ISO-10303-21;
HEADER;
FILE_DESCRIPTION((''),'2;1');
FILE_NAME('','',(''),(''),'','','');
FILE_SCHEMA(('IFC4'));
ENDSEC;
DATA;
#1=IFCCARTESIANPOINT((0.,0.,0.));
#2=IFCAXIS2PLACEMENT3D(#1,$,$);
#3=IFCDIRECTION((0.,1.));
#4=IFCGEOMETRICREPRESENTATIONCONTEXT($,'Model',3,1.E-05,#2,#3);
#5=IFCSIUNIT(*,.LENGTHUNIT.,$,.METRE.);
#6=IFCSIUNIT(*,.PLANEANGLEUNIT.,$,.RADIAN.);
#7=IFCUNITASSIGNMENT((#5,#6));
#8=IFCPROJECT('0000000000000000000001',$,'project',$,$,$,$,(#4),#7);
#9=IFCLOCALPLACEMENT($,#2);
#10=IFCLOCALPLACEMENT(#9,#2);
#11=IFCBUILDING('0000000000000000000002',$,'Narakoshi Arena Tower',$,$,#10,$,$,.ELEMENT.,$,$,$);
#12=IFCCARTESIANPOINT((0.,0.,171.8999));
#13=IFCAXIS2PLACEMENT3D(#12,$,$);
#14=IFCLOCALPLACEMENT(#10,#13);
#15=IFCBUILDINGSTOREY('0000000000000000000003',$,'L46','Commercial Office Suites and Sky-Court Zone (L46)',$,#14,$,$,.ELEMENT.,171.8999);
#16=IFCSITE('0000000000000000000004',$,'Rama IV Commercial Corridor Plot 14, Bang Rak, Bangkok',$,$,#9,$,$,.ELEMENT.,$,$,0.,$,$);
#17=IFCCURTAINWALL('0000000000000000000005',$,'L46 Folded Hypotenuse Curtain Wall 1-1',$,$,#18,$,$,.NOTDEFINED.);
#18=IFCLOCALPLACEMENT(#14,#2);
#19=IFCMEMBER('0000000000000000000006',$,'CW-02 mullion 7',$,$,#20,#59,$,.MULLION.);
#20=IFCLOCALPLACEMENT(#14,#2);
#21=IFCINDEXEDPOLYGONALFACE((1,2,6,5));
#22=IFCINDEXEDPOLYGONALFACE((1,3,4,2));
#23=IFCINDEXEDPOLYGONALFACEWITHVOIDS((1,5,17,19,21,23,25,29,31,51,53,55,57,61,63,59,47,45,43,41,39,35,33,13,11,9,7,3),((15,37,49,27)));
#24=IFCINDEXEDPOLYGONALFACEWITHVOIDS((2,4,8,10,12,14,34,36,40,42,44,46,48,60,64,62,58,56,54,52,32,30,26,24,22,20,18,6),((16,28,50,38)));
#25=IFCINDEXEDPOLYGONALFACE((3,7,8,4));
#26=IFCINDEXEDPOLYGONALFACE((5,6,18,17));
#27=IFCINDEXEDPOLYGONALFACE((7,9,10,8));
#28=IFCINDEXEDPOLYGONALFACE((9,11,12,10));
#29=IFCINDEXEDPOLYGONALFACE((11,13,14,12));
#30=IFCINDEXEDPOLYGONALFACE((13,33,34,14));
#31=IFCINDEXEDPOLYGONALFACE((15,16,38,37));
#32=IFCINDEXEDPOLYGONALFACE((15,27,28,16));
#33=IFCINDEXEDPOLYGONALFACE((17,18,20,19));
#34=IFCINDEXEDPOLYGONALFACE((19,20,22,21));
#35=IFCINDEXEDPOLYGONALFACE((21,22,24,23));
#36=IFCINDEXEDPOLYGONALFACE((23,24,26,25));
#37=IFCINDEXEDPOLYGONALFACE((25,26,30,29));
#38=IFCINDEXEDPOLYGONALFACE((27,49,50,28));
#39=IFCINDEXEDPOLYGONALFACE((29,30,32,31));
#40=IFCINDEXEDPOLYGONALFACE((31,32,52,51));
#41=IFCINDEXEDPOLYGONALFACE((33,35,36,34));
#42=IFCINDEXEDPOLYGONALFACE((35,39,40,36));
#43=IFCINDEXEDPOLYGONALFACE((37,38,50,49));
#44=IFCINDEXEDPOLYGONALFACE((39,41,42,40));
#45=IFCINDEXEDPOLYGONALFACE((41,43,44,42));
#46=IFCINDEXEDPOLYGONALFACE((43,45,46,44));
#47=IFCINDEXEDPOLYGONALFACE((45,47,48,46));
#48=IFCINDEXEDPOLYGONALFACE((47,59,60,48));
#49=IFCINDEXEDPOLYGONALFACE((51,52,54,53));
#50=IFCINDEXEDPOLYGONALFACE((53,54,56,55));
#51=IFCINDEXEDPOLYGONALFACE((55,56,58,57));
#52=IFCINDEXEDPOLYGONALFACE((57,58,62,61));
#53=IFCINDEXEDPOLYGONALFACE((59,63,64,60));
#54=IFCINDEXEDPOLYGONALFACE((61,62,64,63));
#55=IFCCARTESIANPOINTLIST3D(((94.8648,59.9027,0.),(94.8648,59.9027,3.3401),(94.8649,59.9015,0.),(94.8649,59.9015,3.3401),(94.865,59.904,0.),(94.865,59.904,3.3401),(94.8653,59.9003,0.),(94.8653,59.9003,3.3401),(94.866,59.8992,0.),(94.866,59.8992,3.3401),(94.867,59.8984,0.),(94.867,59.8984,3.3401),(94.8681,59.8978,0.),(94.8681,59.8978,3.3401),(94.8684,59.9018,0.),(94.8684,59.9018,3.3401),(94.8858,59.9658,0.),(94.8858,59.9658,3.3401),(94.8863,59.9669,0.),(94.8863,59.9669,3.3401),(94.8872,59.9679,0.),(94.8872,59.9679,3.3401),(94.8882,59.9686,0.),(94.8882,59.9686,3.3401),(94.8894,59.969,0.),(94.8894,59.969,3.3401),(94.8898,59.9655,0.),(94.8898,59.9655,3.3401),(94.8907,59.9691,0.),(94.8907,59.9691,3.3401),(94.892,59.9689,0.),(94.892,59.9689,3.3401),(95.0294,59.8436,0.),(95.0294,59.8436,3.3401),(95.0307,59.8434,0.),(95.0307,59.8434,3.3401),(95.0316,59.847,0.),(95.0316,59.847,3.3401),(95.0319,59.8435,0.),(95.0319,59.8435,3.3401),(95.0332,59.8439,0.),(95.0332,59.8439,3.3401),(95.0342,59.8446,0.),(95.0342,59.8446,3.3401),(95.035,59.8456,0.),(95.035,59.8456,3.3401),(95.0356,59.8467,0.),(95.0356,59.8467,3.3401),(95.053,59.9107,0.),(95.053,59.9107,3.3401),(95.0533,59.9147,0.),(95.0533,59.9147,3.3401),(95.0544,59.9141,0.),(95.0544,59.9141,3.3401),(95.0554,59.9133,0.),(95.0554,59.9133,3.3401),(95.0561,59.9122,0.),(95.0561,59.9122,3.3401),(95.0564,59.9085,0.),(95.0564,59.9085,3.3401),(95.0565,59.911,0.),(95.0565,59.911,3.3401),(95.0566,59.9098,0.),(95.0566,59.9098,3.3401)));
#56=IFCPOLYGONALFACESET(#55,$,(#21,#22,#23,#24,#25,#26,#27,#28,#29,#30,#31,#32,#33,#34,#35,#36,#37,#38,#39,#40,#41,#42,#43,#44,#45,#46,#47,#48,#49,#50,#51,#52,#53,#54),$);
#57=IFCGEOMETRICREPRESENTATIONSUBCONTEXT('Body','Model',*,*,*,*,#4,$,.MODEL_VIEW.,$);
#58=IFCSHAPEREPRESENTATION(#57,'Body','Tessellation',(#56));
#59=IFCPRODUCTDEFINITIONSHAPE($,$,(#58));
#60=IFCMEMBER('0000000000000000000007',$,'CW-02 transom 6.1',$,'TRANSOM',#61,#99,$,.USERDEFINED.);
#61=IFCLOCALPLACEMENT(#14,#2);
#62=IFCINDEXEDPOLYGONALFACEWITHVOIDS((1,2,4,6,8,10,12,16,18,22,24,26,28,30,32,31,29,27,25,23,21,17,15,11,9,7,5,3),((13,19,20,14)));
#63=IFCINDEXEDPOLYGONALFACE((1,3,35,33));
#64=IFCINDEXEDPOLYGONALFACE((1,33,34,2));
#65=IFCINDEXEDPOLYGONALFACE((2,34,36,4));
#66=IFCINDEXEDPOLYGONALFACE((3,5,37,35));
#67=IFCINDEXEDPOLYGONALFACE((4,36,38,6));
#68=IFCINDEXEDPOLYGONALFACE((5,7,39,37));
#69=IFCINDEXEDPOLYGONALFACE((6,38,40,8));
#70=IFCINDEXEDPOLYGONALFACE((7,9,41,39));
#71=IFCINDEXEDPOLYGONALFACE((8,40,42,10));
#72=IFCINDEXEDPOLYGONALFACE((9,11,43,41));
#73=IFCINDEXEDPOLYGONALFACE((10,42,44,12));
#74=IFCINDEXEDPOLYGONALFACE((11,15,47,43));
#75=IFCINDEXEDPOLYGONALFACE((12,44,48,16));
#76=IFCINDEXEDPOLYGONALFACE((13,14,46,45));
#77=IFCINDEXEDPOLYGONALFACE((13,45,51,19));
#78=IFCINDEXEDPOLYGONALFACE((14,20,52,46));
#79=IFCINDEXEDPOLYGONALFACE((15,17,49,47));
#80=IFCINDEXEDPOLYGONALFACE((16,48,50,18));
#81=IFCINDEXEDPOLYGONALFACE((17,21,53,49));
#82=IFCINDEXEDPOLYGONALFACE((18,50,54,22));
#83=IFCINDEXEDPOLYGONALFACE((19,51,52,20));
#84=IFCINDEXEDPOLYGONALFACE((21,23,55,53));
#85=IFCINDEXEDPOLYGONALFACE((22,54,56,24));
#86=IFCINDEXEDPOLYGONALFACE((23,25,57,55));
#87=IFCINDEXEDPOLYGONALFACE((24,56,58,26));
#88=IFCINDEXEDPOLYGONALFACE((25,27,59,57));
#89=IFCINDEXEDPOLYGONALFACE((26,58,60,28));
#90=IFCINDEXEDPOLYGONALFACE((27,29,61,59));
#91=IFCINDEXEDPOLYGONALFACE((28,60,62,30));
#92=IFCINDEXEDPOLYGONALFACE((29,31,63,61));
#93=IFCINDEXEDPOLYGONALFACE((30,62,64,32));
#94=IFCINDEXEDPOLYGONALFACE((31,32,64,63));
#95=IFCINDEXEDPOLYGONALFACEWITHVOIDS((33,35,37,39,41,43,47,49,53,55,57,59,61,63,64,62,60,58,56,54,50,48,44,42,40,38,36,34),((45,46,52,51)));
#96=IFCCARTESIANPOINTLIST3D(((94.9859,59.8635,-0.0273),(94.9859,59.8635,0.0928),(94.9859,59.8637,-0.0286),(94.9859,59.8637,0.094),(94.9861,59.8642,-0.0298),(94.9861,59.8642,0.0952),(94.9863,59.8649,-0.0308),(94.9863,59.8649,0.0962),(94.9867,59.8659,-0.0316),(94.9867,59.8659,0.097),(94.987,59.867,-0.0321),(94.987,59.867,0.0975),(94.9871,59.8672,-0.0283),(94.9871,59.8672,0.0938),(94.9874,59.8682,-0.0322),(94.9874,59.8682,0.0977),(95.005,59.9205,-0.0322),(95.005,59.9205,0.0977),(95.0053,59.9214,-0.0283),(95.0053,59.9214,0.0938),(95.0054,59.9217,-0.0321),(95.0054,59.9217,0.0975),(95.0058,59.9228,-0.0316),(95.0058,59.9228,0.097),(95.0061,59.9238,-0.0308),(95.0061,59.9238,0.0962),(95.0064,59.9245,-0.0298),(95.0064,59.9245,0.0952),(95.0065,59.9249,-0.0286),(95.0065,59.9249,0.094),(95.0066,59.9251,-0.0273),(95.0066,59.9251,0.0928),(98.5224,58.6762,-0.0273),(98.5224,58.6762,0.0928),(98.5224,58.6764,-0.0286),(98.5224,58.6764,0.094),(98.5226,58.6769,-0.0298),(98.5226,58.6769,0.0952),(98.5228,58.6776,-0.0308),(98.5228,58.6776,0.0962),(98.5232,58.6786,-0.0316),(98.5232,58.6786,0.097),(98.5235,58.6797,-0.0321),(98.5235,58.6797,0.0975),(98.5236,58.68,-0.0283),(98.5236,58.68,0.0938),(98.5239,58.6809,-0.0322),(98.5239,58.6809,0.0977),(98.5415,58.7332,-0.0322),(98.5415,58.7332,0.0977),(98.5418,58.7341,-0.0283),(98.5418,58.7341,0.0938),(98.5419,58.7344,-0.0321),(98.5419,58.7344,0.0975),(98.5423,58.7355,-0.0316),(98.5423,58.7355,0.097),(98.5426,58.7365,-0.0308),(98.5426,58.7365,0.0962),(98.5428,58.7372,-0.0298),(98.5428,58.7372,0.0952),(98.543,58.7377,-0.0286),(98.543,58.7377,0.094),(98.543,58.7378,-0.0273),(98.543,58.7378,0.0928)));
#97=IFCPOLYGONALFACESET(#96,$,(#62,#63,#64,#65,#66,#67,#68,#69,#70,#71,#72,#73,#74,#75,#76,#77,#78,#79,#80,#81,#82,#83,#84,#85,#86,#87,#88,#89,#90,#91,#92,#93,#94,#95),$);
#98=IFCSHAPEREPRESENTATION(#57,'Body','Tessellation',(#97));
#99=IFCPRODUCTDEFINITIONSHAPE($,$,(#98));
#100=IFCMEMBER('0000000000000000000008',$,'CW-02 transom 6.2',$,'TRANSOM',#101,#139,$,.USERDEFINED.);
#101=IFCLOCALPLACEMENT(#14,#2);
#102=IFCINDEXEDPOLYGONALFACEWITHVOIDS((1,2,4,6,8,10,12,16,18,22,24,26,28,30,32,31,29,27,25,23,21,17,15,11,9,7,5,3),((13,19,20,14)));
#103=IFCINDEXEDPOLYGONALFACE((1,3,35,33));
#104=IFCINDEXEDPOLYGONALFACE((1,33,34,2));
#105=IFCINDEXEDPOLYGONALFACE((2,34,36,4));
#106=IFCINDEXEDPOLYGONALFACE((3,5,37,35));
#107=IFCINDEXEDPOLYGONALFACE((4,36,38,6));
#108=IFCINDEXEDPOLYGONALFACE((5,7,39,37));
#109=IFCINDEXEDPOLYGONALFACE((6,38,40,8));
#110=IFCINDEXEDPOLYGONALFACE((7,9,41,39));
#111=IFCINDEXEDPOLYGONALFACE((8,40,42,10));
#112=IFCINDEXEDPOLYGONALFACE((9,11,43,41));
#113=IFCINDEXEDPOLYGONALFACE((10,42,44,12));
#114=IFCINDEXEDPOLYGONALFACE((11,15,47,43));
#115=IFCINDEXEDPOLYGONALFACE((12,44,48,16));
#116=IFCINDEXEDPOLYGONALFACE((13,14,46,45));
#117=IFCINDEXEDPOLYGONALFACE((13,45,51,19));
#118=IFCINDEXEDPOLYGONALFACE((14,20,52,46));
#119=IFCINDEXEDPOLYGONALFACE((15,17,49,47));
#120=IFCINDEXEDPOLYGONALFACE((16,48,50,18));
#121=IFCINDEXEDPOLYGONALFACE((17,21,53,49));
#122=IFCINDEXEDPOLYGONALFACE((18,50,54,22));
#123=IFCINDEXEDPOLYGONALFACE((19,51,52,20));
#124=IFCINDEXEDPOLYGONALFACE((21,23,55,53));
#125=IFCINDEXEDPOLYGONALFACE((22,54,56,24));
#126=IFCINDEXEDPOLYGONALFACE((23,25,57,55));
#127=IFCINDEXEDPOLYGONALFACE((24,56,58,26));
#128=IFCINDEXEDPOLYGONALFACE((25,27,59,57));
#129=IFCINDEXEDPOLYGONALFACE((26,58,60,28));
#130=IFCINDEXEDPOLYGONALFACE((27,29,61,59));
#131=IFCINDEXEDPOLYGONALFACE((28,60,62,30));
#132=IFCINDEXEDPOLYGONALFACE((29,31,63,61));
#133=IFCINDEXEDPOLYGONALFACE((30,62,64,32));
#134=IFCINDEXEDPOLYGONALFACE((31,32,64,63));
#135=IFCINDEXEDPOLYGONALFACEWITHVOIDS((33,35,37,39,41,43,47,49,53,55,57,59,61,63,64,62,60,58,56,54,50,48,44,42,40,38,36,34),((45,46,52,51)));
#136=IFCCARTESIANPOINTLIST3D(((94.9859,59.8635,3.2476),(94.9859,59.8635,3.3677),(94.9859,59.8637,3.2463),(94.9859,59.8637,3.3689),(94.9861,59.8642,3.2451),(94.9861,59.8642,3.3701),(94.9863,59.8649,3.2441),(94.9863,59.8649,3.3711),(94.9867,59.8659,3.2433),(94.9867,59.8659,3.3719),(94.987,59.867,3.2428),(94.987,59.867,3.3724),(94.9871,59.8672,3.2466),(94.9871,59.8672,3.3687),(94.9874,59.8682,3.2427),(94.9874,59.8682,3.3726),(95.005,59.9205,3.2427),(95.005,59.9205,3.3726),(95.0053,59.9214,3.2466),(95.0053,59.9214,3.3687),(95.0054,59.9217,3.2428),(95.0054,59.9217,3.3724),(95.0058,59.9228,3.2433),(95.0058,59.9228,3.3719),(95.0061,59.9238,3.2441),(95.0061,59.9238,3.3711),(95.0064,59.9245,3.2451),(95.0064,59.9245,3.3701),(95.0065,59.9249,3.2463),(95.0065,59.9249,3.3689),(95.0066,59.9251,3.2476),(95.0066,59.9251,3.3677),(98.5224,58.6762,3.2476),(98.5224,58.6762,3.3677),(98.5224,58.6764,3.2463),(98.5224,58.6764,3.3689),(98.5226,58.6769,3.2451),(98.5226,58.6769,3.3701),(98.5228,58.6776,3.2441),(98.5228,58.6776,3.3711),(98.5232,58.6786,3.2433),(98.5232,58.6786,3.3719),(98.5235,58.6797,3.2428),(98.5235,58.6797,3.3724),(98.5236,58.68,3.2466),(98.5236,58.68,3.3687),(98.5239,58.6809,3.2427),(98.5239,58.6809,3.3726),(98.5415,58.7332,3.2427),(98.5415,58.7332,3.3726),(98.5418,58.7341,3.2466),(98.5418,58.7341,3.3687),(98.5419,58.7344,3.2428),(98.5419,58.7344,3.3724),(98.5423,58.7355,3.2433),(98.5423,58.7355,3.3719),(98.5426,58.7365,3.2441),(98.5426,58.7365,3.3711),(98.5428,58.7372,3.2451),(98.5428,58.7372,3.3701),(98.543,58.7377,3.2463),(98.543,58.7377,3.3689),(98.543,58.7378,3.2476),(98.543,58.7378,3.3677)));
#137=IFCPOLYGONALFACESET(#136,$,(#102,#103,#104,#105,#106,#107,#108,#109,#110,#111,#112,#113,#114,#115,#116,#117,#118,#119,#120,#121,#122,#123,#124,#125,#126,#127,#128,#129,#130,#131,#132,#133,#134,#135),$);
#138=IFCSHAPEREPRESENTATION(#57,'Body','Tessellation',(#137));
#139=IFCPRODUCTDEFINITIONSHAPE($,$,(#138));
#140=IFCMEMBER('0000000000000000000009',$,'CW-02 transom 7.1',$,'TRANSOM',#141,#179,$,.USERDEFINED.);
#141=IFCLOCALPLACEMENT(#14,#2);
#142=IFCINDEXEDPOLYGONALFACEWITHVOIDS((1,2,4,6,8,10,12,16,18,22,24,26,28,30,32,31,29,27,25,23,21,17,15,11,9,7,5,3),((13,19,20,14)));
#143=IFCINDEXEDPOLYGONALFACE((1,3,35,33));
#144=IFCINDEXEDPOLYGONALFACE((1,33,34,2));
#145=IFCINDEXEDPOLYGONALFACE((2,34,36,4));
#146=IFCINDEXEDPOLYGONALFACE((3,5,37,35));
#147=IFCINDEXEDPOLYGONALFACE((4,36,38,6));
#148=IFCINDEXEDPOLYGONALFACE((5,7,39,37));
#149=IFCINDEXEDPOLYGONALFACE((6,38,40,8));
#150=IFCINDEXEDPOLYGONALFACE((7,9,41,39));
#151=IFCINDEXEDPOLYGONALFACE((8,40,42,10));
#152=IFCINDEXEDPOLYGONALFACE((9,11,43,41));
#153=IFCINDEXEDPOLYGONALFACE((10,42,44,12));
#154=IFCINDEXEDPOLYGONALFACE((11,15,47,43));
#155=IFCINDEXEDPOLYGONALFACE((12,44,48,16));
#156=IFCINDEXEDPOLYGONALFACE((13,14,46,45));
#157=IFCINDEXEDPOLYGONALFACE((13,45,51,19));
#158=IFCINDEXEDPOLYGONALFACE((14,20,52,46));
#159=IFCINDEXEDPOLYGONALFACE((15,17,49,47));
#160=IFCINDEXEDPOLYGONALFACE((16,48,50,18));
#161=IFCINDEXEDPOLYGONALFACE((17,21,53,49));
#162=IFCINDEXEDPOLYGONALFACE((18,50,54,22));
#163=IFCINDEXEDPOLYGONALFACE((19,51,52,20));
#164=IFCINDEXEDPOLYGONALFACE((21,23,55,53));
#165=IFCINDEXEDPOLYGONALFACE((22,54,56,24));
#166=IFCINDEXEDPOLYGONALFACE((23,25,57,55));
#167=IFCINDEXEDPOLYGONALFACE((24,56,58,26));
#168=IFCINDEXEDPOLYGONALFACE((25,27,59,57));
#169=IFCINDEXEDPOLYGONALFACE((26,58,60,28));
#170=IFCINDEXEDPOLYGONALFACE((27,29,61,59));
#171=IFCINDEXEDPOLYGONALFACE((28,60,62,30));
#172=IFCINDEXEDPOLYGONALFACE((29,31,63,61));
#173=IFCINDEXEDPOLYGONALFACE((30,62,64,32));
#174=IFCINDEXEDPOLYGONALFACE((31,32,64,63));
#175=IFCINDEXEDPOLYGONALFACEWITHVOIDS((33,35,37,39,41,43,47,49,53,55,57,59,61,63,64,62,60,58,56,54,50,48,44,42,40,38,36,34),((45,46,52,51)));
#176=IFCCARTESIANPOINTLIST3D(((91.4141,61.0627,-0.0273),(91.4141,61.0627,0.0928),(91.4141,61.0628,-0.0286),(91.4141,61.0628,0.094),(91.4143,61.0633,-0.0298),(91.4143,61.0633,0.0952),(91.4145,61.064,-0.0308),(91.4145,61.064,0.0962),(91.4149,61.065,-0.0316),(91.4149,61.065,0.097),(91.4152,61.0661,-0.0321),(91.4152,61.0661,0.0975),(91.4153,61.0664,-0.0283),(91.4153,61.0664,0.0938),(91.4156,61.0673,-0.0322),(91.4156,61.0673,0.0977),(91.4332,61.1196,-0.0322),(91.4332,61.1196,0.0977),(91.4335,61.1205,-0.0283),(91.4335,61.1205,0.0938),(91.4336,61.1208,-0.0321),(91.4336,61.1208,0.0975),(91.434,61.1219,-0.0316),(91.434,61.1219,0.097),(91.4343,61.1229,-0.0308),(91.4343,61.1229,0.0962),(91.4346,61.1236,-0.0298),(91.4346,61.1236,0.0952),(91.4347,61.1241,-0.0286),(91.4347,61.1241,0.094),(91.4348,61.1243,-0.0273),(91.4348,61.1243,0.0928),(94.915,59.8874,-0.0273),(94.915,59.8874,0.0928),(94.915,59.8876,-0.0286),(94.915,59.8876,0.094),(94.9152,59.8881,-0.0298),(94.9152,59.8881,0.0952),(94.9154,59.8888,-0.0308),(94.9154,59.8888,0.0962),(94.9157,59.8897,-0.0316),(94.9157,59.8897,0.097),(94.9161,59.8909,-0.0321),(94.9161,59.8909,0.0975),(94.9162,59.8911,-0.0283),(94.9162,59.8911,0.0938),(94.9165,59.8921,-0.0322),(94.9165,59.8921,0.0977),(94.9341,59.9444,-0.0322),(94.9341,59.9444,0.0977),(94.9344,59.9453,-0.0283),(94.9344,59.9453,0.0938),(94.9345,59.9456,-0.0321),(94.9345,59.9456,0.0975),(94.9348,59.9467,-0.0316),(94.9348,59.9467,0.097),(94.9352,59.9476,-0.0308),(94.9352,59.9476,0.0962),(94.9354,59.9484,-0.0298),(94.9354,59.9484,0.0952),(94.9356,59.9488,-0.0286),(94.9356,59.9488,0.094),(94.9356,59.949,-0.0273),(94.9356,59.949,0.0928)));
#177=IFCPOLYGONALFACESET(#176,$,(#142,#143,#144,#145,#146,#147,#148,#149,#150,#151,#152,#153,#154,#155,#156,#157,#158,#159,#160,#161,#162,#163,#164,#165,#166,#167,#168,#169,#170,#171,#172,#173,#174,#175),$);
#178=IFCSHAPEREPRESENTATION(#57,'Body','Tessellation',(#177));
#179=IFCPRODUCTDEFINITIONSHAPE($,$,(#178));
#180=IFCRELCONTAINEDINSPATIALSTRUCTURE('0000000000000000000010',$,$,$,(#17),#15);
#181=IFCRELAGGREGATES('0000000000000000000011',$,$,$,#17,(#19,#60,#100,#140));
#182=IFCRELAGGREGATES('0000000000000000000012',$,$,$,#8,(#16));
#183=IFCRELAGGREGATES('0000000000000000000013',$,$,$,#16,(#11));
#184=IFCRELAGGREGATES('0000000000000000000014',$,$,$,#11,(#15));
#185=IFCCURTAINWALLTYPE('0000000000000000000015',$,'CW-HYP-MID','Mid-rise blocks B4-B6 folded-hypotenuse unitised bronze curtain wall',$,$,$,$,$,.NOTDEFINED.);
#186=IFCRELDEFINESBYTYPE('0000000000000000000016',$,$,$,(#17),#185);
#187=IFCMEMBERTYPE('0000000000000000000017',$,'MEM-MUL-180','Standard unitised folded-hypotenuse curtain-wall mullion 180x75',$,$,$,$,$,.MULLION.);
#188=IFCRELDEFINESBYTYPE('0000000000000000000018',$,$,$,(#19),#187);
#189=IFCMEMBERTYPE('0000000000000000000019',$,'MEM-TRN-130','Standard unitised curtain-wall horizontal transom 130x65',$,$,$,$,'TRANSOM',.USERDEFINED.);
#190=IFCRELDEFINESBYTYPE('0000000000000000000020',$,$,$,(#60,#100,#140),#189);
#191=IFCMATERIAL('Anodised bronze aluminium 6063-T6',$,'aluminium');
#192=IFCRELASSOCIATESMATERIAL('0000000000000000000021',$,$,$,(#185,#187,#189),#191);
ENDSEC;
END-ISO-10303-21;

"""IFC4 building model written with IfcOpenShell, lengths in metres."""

from ifc_helpers import new_model, si_unit, direction, frame, origin, origin_2d, place, context, subcontext, project, spatial, hollow_rectangle, extrude, material, material_profile, profile_set, type_object, element, aggregate, save


model = new_model("IFC4")

# Units and contexts
model_context = context("Model", 3, precision=1e-05, world=origin(), true_north=direction((0.0, 1.0)))
body_context = subcontext(model_context, "Body", "Model", "MODEL_VIEW")
ifc_project = project(units=[si_unit("LENGTHUNIT", "METRE"), si_unit("PLANEANGLEUNIT", "RADIAN")], contexts=[model_context])

# Site, building, storey
site_placement = place(None, origin())
site = spatial("IfcSite", under=ifc_project, at=site_placement, Name="Rama IV Commercial Corridor Plot 14, Bang Rak, Bangkok", CompositionType="ELEMENT", RefElevation=0.0)
building_placement = place(site_placement, origin())
building = spatial("IfcBuilding", under=site, at=building_placement, Name="Narakoshi Arena Tower", CompositionType="ELEMENT")
storey_placement = place(building_placement, frame((0.0, 0.0, 171.8999)))
storey = spatial("IfcBuildingStorey", under=building, at=storey_placement, Name="L46", Description="Commercial Office Suites and Sky-Court Zone (L46)", CompositionType="ELEMENT", Elevation=171.8999)

# Curtain wall, members
ifc_material_1 = material(Name="Anodised bronze aluminium 6063-T6", Category="aluminium")
curtain_wall_type = type_object("IfcCurtainWallType", Name="CW-HYP-MID", Description="Mid-rise blocks B4-B6 folded-hypotenuse unitised bronze curtain wall", PredefinedType="NOTDEFINED", material=ifc_material_1)
curtain_wall_placement = place(storey_placement, origin())
curtain_wall = element("IfcCurtainWall", 1, at=curtain_wall_placement, inside=storey, type_object=curtain_wall_type, Name="L46 Folded Hypotenuse Curtain Wall 1-1", PredefinedType="NOTDEFINED")
ifc_material_profile_1 = material_profile(ifc_material_1, hollow_rectangle(XDim=0.075, YDim=0.1799, WallThickness=0.0039, OuterFilletRadius=0.0049, at=origin_2d()), Name="MUL180x75x4")
ifc_profile_set_1 = profile_set([ifc_material_profile_1], Name="Anodised bronze aluminium 6063-T6")
member_type_1 = type_object("IfcMemberType", Name="MEM-MUL-180", Description="Standard unitised folded-hypotenuse curtain-wall mullion 180x75", PredefinedType="MULLION", material=ifc_profile_set_1)
member_1_placement = place(storey_placement, frame((94.9607, 59.9062, 0.0), z_axis=(0.0, 0.0, 1.0), x_axis=(-0.318261, -0.948003, 0.0)))
member_1 = element("IfcMember", 2, at=member_1_placement, type_object=member_type_1, Name="CW-02 mullion 7", PredefinedType="MULLION", context=body_context, shape_type="SweptSolid", body=[
    extrude(hollow_rectangle(XDim=0.075, YDim=0.1799, WallThickness=0.0039, OuterFilletRadius=0.0049, at=origin_2d()), origin(), (0.0, 0.0, 1.0), 3.3401),
])
ifc_material_profile_2 = material_profile(ifc_material_1, hollow_rectangle(XDim=0.0649, YDim=0.1299, WallThickness=0.0039, OuterFilletRadius=0.0049, at=origin_2d()), Name="TRN130x65x4")
ifc_profile_set_2 = profile_set([ifc_material_profile_2], Name="Anodised bronze aluminium 6063-T6")
member_type_2 = type_object("IfcMemberType", Name="MEM-TRN-130", Description="Standard unitised curtain-wall horizontal transom 130x65", ElementType="TRANSOM", PredefinedType="USERDEFINED", material=ifc_profile_set_2)
member_2_placement = place(storey_placement, frame((98.5327, 58.707, 0.0327), z_axis=(-0.948, 0.318269, 0.0), x_axis=(-0.318269, -0.948, 0.0)))
member_2 = element("IfcMember", 3, at=member_2_placement, type_object=member_type_2, Name="CW-02 transom 6.1", ObjectType="TRANSOM", PredefinedType="USERDEFINED", context=body_context, shape_type="SweptSolid", body=[
    extrude(hollow_rectangle(XDim=0.0649, YDim=0.1299, WallThickness=0.0039, OuterFilletRadius=0.0049, at=origin_2d()), origin(), (0.0, 0.0, 1.0), 3.7305),
])
member_3_placement = place(storey_placement, frame((98.5327, 58.707, 3.3076), z_axis=(-0.948, 0.318269, 0.0), x_axis=(-0.318269, -0.948, 0.0)))
member_3 = element("IfcMember", 4, at=member_3_placement, type_object=member_type_2, Name="CW-02 transom 6.2", ObjectType="TRANSOM", PredefinedType="USERDEFINED", context=body_context, shape_type="SweptSolid", body=[
    extrude(hollow_rectangle(XDim=0.0649, YDim=0.1299, WallThickness=0.0039, OuterFilletRadius=0.0049, at=origin_2d()), origin(), (0.0, 0.0, 1.0), 3.7305),
])
member_4_placement = place(storey_placement, frame((94.9253, 59.9182, 0.0327), z_axis=(-0.948007, 0.31825, 0.0), x_axis=(-0.31825, -0.948007, 0.0)))
member_4 = element("IfcMember", 5, at=member_4_placement, type_object=member_type_2, Name="CW-02 transom 7.1", ObjectType="TRANSOM", PredefinedType="USERDEFINED", context=body_context, shape_type="SweptSolid", body=[
    extrude(hollow_rectangle(XDim=0.0649, YDim=0.1299, WallThickness=0.0039, OuterFilletRadius=0.0049, at=origin_2d()), origin(), (0.0, 0.0, 1.0), 3.6929),
])
aggregate(curtain_wall, [member_1, member_2, member_3, member_4])

save(model, "model.ifc")
